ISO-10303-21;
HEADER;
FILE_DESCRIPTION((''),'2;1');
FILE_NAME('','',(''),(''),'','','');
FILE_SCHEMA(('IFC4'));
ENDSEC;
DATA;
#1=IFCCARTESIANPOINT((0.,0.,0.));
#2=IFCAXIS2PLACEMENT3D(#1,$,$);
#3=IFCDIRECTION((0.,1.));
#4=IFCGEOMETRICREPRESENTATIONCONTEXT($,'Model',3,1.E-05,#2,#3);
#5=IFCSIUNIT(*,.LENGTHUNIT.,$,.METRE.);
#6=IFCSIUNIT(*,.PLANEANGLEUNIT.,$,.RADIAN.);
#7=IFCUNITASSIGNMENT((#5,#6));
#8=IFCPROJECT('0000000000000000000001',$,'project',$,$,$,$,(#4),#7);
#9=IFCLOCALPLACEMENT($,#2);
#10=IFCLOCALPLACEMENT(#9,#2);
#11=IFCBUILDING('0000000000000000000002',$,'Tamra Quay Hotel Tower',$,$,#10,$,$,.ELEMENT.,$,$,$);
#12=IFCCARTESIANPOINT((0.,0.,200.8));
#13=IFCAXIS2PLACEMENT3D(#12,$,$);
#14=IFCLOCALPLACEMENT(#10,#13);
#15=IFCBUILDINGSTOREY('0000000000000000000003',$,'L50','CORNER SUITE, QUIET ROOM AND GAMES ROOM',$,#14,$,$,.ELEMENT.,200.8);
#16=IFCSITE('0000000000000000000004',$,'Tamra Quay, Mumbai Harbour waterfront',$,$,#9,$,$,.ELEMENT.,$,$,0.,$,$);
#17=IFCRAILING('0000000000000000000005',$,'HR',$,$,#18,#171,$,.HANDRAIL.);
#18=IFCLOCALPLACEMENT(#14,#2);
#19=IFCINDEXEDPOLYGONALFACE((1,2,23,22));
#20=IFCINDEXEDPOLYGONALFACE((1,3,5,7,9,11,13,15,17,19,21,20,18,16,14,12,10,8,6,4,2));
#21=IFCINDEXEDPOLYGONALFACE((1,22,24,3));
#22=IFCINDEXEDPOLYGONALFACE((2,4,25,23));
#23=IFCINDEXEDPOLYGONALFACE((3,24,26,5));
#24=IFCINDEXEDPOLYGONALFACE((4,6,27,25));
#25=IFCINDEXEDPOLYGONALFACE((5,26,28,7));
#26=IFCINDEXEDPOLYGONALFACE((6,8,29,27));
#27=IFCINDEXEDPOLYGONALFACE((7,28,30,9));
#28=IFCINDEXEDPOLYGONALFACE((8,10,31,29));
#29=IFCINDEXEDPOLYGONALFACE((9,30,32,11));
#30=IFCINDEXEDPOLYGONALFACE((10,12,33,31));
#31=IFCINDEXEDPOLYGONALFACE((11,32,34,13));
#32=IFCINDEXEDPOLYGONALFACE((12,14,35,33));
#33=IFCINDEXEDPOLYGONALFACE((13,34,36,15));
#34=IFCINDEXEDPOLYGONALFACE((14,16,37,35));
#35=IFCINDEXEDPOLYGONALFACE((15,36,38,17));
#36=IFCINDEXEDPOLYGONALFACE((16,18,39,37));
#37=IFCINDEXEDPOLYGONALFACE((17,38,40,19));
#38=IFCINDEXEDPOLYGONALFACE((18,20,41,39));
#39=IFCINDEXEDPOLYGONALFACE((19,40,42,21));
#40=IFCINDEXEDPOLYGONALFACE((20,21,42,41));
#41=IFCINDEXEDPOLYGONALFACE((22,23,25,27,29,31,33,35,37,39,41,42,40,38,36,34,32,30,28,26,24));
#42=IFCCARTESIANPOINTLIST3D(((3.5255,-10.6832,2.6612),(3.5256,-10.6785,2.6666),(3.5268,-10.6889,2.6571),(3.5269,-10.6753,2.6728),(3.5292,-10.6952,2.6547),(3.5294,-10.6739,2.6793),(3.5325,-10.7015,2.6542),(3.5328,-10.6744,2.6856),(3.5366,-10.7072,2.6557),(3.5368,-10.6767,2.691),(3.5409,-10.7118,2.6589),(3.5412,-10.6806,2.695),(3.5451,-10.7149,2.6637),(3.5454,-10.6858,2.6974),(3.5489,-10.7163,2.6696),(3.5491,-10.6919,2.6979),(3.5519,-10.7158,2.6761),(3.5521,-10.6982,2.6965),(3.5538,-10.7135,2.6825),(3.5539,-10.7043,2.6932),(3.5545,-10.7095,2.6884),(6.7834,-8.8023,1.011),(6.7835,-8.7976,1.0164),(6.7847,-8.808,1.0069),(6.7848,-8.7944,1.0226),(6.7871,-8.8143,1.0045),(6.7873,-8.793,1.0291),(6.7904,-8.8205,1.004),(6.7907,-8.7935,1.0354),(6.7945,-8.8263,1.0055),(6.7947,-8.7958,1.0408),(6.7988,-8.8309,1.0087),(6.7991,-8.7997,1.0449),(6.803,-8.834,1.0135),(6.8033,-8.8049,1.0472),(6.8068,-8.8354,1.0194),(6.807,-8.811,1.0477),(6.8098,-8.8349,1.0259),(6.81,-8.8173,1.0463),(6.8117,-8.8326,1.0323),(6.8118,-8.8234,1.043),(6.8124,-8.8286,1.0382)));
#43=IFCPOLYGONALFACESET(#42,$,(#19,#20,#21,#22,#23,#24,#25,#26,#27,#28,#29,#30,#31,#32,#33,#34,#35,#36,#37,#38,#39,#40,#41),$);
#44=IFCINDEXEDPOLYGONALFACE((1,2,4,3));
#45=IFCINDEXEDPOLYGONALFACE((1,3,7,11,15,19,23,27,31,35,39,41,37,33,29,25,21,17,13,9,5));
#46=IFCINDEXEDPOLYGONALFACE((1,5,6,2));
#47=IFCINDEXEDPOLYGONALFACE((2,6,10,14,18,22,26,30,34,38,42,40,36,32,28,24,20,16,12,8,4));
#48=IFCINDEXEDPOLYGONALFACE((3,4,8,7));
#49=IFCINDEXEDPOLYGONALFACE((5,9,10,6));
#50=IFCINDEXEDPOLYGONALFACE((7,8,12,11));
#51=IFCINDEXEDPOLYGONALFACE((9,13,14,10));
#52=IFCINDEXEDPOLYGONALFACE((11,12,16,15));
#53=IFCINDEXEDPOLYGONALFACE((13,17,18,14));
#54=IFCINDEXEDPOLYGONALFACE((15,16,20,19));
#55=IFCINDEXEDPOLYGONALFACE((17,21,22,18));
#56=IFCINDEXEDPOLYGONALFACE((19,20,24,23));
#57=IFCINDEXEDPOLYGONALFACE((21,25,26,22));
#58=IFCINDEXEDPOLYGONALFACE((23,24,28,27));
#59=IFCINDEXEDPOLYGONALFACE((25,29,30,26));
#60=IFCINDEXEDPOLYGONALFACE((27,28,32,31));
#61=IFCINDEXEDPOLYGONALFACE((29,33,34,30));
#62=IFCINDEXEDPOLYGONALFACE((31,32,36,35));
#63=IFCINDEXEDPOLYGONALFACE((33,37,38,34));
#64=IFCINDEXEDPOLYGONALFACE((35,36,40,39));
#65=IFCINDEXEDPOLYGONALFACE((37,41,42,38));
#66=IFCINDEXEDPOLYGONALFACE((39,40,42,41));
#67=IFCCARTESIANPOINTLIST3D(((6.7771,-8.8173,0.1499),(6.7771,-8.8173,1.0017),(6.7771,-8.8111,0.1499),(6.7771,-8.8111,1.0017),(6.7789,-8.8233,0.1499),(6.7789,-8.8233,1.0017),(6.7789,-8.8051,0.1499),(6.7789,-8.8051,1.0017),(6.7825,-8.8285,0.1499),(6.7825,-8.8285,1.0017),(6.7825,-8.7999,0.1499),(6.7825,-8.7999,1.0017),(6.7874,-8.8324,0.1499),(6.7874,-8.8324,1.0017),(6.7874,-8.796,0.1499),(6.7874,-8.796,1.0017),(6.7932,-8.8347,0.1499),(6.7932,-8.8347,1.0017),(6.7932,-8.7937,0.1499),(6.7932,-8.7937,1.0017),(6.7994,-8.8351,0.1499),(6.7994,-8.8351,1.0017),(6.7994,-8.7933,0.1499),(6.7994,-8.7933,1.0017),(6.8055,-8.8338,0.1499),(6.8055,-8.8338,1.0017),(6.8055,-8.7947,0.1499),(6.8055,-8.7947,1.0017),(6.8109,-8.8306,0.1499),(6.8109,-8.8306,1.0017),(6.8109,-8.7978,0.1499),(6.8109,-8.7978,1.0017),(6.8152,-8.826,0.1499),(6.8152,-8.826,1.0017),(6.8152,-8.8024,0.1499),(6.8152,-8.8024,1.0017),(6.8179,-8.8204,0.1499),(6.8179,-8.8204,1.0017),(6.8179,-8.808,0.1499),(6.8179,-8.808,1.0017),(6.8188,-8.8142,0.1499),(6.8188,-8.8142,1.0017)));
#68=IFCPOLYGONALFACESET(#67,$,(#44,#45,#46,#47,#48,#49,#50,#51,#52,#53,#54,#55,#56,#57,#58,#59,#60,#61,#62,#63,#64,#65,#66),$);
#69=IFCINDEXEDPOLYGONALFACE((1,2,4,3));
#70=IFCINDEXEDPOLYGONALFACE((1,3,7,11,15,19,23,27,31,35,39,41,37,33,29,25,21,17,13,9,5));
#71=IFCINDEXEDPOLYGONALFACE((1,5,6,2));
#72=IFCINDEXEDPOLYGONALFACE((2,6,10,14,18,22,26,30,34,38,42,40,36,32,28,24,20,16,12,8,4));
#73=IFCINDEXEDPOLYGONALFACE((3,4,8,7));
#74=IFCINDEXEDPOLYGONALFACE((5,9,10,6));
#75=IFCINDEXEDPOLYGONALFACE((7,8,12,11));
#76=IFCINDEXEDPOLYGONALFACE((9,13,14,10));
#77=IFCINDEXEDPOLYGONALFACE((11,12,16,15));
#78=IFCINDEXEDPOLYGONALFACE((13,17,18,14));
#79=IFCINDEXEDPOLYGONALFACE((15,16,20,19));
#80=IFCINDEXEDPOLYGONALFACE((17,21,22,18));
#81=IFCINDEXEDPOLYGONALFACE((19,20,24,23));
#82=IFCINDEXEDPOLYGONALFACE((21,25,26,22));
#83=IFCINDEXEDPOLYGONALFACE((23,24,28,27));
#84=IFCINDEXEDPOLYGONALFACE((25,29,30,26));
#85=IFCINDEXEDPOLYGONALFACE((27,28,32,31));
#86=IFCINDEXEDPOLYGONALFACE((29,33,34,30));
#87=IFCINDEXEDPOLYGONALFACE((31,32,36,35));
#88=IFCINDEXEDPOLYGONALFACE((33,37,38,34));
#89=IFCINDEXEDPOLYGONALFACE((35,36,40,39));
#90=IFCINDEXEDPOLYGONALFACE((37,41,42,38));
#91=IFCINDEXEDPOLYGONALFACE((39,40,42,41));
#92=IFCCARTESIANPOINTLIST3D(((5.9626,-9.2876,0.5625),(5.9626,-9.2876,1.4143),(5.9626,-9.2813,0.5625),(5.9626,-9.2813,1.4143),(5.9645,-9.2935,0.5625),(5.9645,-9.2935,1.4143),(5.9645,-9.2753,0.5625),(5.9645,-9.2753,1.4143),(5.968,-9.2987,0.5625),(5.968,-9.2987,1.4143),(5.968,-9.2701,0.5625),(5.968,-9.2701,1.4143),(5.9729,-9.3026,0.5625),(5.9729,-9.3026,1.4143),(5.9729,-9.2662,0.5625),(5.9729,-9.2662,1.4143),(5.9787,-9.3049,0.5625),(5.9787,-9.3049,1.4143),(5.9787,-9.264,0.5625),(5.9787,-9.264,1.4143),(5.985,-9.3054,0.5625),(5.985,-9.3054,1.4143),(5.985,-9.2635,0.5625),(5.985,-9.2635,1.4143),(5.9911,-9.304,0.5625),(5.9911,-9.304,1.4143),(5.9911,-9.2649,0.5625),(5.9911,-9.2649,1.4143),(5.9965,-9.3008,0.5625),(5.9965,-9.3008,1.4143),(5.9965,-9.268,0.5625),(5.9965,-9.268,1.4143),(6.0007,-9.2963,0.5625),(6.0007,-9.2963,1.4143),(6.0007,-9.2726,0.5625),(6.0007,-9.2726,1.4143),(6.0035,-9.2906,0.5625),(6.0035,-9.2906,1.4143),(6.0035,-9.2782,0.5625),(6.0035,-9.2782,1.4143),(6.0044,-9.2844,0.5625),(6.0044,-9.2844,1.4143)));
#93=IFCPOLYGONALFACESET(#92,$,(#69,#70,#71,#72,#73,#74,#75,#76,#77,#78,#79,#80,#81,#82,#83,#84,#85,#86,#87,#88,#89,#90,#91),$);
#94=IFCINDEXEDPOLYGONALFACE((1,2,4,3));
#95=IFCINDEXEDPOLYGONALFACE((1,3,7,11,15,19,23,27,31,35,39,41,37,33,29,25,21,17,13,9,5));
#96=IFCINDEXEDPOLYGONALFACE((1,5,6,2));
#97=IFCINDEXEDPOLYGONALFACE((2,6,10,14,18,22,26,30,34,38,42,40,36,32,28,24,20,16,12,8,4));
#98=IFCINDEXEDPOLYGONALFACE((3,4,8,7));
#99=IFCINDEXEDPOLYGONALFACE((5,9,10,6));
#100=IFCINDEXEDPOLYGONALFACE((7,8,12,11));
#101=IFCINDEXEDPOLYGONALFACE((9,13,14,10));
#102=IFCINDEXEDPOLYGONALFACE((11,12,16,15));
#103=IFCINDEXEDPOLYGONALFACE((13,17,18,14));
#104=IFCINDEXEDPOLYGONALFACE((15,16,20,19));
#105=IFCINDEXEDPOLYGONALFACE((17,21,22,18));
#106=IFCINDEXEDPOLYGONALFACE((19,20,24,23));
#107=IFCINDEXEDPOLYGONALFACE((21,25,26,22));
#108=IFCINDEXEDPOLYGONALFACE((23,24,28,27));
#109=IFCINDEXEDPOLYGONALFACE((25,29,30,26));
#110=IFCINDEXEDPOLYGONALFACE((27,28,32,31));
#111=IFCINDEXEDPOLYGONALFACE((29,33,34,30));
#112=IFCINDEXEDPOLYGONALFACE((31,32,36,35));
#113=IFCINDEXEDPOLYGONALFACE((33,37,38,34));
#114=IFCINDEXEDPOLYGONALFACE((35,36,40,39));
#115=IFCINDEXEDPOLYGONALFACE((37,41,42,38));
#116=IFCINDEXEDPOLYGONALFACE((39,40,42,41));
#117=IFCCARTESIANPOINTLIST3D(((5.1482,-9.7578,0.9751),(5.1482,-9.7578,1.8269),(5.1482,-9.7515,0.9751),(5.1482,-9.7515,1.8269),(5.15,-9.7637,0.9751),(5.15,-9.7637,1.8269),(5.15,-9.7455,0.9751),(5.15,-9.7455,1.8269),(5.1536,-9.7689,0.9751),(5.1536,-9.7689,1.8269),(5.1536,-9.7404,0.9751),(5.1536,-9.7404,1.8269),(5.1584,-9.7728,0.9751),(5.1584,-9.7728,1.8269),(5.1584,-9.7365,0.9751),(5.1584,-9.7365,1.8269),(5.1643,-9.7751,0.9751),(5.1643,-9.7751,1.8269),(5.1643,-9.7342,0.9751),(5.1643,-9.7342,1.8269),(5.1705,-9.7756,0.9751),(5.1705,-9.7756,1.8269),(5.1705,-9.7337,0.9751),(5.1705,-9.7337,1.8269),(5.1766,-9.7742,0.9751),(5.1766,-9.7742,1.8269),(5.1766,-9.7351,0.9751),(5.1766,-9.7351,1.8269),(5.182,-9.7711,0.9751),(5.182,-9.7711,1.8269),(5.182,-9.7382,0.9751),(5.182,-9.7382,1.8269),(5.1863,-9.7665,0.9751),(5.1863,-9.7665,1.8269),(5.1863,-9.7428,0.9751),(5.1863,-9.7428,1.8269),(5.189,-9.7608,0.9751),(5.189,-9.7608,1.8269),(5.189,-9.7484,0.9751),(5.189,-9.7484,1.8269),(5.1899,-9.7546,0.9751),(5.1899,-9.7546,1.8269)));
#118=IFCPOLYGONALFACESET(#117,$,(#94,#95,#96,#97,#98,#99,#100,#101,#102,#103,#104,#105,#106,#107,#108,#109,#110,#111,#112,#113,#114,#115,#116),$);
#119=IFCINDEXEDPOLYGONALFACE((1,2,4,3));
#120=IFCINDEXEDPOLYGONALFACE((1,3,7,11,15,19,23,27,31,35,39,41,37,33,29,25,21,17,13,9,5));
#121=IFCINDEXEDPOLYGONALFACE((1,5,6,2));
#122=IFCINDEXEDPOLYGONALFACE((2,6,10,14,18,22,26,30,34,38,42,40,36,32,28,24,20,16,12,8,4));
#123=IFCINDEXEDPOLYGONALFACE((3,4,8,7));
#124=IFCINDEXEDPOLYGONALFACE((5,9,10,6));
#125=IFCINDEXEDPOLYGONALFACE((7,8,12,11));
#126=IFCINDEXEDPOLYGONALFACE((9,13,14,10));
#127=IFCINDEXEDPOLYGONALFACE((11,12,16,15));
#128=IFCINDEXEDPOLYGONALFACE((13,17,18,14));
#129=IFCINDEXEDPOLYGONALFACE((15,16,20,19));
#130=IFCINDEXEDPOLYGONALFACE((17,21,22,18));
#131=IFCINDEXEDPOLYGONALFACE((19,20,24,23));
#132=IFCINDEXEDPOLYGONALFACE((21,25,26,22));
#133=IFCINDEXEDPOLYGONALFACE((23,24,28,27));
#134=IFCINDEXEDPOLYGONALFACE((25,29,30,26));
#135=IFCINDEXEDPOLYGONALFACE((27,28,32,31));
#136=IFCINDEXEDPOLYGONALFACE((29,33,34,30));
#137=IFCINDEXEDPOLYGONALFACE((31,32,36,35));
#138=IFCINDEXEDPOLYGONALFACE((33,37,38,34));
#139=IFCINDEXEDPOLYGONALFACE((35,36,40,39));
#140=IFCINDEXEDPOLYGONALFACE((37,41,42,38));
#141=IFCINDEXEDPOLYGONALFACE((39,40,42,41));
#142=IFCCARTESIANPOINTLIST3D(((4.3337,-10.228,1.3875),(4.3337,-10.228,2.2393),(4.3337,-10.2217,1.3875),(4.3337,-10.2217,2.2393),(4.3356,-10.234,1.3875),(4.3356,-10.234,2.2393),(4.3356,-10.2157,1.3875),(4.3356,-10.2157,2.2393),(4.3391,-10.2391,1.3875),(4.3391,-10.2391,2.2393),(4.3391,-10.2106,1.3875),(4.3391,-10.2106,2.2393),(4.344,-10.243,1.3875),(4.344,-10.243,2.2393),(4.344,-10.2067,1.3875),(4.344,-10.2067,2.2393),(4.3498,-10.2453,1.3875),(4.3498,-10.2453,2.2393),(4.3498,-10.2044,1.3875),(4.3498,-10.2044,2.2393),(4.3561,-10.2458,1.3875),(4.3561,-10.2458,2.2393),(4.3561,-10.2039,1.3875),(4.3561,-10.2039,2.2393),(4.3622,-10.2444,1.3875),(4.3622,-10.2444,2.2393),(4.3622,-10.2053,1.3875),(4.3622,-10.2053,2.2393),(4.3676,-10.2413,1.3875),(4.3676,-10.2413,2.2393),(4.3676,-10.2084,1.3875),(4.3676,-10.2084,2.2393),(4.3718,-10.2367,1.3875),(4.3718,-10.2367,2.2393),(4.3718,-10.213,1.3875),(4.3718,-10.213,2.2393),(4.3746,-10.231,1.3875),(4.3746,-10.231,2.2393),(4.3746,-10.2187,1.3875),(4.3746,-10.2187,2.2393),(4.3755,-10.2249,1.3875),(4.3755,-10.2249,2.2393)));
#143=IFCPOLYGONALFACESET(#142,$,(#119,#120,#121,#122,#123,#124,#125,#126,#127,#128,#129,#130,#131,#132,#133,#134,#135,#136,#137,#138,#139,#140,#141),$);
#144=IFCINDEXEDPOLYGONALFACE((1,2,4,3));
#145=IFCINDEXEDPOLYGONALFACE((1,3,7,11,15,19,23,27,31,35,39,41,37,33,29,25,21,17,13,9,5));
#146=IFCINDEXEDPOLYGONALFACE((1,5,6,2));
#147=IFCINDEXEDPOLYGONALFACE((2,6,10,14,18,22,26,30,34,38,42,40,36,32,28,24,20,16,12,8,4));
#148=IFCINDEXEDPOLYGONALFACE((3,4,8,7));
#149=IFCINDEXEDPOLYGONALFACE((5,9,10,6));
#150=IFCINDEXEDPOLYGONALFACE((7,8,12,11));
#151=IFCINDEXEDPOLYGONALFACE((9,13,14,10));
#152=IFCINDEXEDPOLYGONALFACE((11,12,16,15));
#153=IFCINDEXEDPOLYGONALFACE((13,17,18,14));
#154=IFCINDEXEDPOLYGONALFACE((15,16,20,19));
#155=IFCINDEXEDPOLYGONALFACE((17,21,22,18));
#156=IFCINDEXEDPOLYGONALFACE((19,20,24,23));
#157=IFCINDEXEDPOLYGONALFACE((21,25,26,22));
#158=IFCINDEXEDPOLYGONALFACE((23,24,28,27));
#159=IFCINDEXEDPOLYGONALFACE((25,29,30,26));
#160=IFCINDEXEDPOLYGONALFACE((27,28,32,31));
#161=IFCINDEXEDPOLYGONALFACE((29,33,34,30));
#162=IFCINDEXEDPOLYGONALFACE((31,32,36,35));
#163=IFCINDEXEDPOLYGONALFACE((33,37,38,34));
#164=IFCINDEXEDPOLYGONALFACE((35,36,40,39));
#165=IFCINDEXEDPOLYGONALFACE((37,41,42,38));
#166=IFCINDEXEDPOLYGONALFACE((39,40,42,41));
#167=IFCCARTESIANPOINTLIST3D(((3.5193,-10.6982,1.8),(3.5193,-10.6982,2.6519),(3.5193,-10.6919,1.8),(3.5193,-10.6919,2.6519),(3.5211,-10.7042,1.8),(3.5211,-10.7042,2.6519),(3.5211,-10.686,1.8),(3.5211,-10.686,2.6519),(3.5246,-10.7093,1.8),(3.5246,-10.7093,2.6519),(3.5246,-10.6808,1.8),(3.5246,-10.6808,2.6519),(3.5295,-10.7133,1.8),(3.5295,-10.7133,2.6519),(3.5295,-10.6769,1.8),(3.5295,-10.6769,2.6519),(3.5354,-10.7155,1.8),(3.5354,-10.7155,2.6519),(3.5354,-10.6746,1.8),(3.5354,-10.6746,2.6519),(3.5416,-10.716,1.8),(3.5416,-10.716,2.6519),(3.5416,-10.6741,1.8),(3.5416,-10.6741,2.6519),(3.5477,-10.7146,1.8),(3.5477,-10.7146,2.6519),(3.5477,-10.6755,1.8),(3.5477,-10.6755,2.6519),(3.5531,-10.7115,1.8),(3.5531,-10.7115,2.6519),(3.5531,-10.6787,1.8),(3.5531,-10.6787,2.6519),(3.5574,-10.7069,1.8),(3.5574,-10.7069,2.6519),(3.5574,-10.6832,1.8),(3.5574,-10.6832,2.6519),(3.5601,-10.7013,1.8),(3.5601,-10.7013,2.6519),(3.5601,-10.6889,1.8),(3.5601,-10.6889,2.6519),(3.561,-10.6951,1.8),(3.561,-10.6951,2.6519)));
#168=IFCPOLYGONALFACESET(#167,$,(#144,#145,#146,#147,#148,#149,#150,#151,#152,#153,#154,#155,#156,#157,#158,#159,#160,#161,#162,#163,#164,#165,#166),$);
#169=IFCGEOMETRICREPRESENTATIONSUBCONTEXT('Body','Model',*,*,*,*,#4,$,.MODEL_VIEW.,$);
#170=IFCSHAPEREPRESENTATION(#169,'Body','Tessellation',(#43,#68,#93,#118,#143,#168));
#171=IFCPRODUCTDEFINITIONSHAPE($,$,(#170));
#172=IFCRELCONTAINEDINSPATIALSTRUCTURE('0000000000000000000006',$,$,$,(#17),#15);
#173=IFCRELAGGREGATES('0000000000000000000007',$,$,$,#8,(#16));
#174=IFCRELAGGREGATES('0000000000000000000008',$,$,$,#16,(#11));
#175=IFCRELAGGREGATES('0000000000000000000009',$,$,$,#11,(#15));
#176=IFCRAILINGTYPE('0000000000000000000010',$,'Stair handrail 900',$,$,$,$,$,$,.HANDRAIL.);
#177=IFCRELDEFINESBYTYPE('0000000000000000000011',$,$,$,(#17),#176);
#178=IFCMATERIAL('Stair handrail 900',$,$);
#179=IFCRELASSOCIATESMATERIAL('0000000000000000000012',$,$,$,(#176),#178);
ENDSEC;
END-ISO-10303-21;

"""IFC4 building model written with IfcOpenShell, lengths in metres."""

from ifc_helpers import new_model, si_unit, direction, frame, origin, origin_2d, place, context, subcontext, project, spatial, circle, extrude, material, type_object, element, save


model = new_model("IFC4")

# Units and contexts
model_context = context("Model", 3, precision=1e-05, world=origin(), true_north=direction((0.0, 1.0)))
body_context = subcontext(model_context, "Body", "Model", "MODEL_VIEW")
ifc_project = project(units=[si_unit("LENGTHUNIT", "METRE"), si_unit("PLANEANGLEUNIT", "RADIAN")], contexts=[model_context])

# Site, building, storey
site_placement = place(None, origin())
site = spatial("IfcSite", under=ifc_project, at=site_placement, Name="Tamra Quay, Mumbai Harbour waterfront", CompositionType="ELEMENT", RefElevation=0.0)
building_placement = place(site_placement, origin())
building = spatial("IfcBuilding", under=site, at=building_placement, Name="Tamra Quay Hotel Tower", CompositionType="ELEMENT")
storey_placement = place(building_placement, frame((0.0, 0.0, 200.8)))
storey = spatial("IfcBuildingStorey", under=building, at=storey_placement, Name="L50", Description="CORNER SUITE, QUIET ROOM AND GAMES ROOM", CompositionType="ELEMENT", Elevation=200.8)

# Railing
ifc_material_1 = material(Name="Stair handrail 900")
railing_type_1 = type_object("IfcRailingType", Name="Stair handrail 900", PredefinedType="HANDRAIL", material=ifc_material_1)
railing_1_placement = place(storey_placement, frame((6.7979, -8.8142, 0.1499)))
element("IfcRailing", 1, at=railing_1_placement, inside=storey, type_object=railing_type_1, Name="HR", PredefinedType="HANDRAIL", context=body_context, shape_type="SweptSolid", body=[
    extrude(circle(Radius=0.0239, at=origin_2d()), frame((0.0, 0.0, 0.876), z_axis=(-0.793081, -0.457876, 0.401711), x_axis=(0.499992, -0.86603, 0.0)), (0.0, 0.0, 1.0), 4.1079),
    extrude(circle(Radius=0.021, at=origin_2d()), origin(), (0.0, 0.0, 1.0), 0.8518),
    extrude(circle(Radius=0.021, at=origin_2d()), frame((-0.8145, -0.4702, 0.4126)), (0.0, 0.0, 1.0), 0.8518),
    extrude(circle(Radius=0.021, at=origin_2d()), frame((-1.6289, -0.9404, 0.8252)), (0.0, 0.0, 1.0), 0.8518),
    extrude(circle(Radius=0.021, at=origin_2d()), frame((-2.4434, -1.4106, 1.2375)), (0.0, 0.0, 1.0), 0.8518),
    extrude(circle(Radius=0.021, at=origin_2d()), frame((-3.2578, -1.8809, 1.6501)), (0.0, 0.0, 1.0), 0.8518),
])

save(model, "model.ifc")
